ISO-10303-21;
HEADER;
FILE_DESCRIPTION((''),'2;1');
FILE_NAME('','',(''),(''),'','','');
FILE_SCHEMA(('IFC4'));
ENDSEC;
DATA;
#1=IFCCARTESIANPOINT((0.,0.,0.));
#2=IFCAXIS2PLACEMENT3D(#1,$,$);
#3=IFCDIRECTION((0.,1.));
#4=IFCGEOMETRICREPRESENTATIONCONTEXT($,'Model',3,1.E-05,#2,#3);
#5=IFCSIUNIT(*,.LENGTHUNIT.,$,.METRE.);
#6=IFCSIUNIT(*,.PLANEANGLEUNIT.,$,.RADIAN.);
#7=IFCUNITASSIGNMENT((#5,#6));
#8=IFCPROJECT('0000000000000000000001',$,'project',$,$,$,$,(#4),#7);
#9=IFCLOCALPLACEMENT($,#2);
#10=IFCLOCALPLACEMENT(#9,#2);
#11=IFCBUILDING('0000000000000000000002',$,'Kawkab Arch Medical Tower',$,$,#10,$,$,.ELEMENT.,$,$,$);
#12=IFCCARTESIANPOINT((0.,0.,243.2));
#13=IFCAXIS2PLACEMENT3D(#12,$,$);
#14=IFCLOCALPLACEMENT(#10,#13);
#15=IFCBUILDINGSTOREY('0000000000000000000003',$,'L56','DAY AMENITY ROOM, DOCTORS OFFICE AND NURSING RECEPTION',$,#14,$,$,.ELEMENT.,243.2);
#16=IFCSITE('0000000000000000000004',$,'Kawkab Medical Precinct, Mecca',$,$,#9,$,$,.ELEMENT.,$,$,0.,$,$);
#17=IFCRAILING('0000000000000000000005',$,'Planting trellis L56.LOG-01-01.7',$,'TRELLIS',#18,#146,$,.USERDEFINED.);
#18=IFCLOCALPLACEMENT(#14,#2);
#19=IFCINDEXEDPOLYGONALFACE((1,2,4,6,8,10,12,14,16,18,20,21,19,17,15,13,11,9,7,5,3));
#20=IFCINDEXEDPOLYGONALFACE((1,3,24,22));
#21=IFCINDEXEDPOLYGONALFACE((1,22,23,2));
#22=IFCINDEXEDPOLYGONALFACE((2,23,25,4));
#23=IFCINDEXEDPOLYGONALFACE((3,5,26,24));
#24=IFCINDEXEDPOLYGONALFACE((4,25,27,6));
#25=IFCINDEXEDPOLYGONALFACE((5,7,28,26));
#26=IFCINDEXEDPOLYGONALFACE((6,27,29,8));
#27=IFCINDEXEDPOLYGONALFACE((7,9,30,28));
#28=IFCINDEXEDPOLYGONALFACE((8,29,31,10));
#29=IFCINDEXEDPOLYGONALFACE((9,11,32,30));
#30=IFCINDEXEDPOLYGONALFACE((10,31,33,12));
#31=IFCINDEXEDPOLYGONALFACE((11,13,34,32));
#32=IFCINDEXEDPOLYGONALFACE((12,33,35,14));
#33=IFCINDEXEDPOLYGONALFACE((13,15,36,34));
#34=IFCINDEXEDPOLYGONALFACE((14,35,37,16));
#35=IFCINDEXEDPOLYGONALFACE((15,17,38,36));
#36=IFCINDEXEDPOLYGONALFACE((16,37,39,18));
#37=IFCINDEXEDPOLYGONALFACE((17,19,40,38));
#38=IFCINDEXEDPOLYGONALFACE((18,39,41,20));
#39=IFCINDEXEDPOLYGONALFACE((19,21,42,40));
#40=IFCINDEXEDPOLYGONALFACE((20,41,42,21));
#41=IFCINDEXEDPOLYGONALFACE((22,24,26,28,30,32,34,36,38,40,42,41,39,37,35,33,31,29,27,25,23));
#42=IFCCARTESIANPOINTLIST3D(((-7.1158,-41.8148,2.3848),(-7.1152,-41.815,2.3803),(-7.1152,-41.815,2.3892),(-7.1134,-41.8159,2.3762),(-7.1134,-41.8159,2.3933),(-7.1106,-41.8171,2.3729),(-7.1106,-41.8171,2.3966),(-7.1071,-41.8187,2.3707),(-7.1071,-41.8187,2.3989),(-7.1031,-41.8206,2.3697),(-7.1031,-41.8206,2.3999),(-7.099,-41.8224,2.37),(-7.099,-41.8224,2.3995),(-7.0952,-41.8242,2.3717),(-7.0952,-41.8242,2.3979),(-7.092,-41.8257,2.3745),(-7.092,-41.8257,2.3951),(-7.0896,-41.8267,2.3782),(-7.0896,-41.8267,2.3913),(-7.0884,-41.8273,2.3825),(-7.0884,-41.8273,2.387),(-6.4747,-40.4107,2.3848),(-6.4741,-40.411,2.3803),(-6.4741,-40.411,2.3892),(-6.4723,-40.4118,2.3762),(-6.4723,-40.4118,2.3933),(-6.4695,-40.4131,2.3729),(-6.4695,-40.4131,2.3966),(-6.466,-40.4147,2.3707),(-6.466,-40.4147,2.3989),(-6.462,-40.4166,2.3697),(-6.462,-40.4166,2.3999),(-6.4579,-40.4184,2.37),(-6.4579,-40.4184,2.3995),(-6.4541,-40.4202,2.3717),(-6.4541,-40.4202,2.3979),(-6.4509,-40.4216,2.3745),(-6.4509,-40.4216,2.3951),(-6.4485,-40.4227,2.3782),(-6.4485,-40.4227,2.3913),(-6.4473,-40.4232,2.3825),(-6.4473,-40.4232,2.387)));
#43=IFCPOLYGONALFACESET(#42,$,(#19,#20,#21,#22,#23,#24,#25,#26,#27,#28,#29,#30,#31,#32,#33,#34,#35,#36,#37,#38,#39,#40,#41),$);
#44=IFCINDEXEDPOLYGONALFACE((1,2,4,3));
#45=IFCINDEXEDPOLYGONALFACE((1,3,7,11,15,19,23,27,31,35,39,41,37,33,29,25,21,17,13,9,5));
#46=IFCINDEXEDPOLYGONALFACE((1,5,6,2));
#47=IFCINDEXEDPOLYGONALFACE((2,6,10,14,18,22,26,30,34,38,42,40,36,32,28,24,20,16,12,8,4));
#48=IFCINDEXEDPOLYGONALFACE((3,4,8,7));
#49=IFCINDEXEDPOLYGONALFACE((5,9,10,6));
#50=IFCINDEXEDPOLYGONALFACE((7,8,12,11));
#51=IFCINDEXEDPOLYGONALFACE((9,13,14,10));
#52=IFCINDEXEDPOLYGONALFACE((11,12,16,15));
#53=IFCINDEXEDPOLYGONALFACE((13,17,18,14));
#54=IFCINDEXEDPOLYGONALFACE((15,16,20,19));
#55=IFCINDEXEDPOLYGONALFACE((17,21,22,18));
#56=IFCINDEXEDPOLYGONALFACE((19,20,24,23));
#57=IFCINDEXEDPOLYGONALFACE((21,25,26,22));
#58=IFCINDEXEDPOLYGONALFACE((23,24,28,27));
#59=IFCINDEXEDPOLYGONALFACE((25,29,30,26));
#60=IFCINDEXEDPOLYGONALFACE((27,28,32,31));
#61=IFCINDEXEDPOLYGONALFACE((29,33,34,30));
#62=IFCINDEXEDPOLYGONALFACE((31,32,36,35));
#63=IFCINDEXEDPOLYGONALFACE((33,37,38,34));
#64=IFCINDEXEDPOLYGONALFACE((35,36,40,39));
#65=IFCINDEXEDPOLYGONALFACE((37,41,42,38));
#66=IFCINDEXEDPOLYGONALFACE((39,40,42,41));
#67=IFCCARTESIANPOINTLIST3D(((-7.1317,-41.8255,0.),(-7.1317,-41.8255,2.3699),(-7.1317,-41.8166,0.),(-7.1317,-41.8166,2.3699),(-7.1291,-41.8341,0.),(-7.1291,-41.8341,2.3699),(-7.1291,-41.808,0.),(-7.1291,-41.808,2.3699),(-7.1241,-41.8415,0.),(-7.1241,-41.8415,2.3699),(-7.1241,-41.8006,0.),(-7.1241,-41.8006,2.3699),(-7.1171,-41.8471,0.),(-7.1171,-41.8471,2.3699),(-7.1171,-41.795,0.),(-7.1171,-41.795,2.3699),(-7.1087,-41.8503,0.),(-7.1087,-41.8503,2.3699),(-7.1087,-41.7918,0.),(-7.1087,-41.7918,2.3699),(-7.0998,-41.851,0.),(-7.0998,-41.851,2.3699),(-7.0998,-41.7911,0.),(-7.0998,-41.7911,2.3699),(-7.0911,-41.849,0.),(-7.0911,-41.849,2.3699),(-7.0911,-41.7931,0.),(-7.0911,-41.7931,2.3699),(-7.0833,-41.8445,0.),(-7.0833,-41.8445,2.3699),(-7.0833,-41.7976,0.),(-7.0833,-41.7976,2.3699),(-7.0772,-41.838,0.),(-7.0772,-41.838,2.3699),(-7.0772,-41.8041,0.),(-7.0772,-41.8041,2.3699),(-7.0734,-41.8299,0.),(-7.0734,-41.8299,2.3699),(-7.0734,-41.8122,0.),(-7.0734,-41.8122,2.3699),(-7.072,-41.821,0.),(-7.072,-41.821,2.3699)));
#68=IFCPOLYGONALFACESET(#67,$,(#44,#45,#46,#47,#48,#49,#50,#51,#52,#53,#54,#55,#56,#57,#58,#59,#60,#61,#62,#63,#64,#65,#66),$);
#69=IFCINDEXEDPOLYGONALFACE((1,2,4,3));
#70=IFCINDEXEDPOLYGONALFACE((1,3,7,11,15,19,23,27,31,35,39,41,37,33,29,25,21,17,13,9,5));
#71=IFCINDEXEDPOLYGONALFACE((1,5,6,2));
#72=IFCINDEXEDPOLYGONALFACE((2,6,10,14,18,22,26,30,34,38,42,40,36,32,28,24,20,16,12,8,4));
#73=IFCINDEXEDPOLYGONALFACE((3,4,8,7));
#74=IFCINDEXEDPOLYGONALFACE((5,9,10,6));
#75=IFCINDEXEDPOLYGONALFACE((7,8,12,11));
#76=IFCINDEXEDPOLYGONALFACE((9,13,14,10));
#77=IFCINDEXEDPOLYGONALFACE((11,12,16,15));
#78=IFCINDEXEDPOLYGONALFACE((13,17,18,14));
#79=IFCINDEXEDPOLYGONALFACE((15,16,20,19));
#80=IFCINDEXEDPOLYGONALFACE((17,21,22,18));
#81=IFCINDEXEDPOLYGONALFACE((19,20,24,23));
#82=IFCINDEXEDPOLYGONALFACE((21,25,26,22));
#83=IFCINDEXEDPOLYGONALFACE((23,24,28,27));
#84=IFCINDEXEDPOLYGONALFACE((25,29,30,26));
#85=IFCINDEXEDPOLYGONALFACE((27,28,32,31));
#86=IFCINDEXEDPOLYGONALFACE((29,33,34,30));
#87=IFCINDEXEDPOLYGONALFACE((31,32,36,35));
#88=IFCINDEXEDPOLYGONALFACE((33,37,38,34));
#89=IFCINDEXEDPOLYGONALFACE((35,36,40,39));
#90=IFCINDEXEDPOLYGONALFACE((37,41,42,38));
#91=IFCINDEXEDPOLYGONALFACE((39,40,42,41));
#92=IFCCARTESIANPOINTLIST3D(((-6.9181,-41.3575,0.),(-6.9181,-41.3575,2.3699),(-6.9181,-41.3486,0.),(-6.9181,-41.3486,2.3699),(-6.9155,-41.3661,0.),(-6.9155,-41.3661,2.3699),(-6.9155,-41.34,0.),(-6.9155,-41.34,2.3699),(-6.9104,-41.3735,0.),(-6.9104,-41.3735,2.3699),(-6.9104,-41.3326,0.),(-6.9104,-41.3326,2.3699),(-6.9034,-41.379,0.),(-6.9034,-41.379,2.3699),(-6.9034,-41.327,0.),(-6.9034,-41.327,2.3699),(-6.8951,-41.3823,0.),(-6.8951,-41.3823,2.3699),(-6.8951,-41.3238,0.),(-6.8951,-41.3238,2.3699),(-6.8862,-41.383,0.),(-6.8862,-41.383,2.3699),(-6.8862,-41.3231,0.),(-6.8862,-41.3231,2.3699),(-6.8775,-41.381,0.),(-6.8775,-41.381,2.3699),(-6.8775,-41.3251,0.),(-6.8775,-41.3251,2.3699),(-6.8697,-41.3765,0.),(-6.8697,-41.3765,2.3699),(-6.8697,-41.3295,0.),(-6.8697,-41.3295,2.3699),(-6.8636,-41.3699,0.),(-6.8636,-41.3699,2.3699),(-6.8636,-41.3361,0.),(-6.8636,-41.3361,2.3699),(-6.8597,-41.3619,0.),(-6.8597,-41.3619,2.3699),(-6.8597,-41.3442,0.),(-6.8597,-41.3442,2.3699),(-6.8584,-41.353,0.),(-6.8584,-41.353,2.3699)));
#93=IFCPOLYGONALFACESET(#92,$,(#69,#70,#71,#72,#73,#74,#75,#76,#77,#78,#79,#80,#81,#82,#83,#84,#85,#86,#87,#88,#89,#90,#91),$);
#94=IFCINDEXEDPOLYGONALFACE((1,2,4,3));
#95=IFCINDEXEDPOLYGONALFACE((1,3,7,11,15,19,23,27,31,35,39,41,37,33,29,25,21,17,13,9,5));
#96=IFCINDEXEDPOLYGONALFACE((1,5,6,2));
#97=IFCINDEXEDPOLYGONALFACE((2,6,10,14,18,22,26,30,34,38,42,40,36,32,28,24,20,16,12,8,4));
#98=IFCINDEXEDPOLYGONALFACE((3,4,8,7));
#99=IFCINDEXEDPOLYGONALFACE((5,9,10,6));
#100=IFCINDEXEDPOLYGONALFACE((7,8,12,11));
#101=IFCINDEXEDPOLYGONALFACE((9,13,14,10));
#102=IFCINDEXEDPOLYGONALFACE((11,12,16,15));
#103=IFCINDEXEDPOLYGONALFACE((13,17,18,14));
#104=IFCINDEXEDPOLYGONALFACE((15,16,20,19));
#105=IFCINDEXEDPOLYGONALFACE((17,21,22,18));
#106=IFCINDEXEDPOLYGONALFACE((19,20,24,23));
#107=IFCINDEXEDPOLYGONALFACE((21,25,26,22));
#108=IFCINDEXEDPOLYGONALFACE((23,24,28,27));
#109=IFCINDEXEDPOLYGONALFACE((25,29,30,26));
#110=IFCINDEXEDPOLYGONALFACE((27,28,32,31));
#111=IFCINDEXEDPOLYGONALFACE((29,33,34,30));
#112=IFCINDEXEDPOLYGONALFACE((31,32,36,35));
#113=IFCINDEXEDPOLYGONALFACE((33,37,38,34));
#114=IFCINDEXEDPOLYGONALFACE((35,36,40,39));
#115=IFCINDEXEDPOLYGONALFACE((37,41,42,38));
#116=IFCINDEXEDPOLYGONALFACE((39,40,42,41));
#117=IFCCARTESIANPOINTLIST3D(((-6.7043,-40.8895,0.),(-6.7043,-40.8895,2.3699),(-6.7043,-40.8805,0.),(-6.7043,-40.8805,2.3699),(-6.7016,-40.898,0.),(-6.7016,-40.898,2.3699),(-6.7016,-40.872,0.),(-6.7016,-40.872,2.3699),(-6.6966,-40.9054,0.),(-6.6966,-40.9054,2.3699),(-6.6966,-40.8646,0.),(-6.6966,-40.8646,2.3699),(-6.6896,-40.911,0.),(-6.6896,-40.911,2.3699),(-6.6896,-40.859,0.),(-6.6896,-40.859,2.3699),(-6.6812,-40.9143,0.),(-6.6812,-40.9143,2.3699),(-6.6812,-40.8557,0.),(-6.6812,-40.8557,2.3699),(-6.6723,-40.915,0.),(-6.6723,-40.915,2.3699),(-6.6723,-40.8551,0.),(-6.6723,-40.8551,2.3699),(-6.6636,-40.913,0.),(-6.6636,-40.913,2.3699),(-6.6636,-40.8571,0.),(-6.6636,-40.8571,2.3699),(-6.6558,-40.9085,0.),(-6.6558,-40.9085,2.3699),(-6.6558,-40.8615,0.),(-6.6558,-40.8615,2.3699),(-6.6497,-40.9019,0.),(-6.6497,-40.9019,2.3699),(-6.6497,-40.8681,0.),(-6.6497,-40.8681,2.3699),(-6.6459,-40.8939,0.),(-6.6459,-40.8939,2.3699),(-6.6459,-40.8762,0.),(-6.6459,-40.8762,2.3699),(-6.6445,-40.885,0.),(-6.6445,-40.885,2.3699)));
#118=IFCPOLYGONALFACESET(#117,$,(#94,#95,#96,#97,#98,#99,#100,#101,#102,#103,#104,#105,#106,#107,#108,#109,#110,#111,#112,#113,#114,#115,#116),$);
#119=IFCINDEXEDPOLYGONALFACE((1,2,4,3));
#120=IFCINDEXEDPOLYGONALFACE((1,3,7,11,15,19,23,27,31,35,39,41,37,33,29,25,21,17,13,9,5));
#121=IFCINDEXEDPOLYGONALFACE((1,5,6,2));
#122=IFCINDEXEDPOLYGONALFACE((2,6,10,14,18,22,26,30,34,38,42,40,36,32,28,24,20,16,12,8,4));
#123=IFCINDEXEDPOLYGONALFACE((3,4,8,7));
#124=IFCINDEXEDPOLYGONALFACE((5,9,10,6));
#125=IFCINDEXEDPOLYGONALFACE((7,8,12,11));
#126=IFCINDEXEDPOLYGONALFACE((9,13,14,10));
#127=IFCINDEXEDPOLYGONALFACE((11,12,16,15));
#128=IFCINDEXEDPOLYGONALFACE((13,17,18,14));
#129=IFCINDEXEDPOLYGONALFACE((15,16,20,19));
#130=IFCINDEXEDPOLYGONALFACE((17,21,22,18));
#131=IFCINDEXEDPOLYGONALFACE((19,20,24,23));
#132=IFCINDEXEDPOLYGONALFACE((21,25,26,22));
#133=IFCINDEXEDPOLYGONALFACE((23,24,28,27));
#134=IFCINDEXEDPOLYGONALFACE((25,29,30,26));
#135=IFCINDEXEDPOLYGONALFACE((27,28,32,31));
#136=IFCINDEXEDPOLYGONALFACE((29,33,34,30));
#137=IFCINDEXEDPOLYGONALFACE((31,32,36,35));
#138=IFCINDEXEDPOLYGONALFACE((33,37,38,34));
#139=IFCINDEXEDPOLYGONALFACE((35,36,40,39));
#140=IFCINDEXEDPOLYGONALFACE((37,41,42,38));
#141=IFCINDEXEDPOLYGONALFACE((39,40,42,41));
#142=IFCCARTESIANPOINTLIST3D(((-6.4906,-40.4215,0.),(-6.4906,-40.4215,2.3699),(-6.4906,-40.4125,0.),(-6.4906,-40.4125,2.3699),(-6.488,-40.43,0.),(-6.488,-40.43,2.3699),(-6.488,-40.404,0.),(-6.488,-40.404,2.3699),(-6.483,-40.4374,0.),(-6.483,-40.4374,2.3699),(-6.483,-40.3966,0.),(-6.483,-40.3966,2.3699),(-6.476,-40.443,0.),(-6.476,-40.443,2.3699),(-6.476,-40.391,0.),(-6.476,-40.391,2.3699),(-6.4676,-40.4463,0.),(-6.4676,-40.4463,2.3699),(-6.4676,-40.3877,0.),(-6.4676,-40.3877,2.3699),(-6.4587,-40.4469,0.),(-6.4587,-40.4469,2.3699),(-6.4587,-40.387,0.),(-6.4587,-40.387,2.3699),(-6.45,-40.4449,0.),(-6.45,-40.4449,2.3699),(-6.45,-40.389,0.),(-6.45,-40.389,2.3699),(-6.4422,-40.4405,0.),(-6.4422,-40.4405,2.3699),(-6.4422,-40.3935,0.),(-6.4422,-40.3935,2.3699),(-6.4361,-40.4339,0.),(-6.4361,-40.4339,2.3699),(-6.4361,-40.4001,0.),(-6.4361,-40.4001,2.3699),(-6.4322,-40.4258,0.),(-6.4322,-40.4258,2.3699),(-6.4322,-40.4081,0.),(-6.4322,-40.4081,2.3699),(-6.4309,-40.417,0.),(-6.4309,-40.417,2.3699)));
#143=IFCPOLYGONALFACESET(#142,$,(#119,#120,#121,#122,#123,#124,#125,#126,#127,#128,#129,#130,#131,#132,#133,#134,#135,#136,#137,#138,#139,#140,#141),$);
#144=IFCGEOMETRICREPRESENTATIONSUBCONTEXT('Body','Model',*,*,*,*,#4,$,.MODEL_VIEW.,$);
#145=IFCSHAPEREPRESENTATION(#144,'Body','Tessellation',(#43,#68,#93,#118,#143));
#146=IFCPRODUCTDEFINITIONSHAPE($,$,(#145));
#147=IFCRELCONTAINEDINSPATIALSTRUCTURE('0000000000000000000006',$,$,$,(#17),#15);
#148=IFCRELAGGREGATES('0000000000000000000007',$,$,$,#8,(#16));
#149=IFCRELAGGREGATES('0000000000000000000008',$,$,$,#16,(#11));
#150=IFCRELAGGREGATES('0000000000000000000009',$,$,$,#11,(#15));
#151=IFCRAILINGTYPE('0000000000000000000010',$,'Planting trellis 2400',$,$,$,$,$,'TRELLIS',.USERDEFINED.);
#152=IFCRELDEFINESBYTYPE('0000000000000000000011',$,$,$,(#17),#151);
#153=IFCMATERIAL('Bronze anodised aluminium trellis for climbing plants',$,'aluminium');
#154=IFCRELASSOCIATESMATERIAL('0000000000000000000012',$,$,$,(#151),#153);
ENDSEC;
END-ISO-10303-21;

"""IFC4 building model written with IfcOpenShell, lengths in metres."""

from ifc_helpers import new_model, si_unit, direction, frame, origin, origin_2d, place, context, subcontext, project, spatial, circle, extrude, material, type_object, element, save


model = new_model("IFC4")

# Units and contexts
model_context = context("Model", 3, precision=1e-05, world=origin(), true_north=direction((0.0, 1.0)))
body_context = subcontext(model_context, "Body", "Model", "MODEL_VIEW")
ifc_project = project(units=[si_unit("LENGTHUNIT", "METRE"), si_unit("PLANEANGLEUNIT", "RADIAN")], contexts=[model_context])

# Site, building, storey
site_placement = place(None, origin())
site = spatial("IfcSite", under=ifc_project, at=site_placement, Name="Kawkab Medical Precinct, Mecca", CompositionType="ELEMENT", RefElevation=0.0)
building_placement = place(site_placement, origin())
building = spatial("IfcBuilding", under=site, at=building_placement, Name="Kawkab Arch Medical Tower", CompositionType="ELEMENT")
storey_placement = place(building_placement, frame((0.0, 0.0, 243.2)))
storey = spatial("IfcBuildingStorey", under=building, at=storey_placement, Name="L56", Description="DAY AMENITY ROOM, DOCTORS OFFICE AND NURSING RECEPTION", CompositionType="ELEMENT", Elevation=243.2)

# Railing
ifc_material_1 = material(Name="Bronze anodised aluminium trellis for climbing plants", Category="aluminium")
railing_type_1 = type_object("IfcRailingType", Name="Planting trellis 2400", ElementType="TRELLIS", PredefinedType="USERDEFINED", material=ifc_material_1)
railing_1_placement = place(storey_placement, frame((-7.1021, -41.821, 0.0)))
element("IfcRailing", 1, at=railing_1_placement, inside=storey, type_object=railing_type_1, Name="Planting trellis L56.LOG-01-01.7", ObjectType="TRELLIS", PredefinedType="USERDEFINED", context=body_context, shape_type="SweptSolid", body=[
    extrude(circle(Radius=0.0151, at=origin_2d()), frame((0.0, 0.0, 2.3848), z_axis=(0.415363, 0.909656, 0.0), x_axis=(-0.909656, 0.415363, 0.0)), (0.0, 0.0, 1.0), 1.5435),
    extrude(circle(Radius=0.03, at=origin_2d()), origin(), (0.0, 0.0, 1.0), 2.3699),
    extrude(circle(Radius=0.03, at=origin_2d()), frame((0.2136, 0.468, 0.0)), (0.0, 0.0, 1.0), 2.3699),
    extrude(circle(Radius=0.03, at=origin_2d()), frame((0.4275, 0.936, 0.0)), (0.0, 0.0, 1.0), 2.3699),
    extrude(circle(Radius=0.03, at=origin_2d()), frame((0.6411, 1.4041, 0.0)), (0.0, 0.0, 1.0), 2.3699),
])

save(model, "model.ifc")
